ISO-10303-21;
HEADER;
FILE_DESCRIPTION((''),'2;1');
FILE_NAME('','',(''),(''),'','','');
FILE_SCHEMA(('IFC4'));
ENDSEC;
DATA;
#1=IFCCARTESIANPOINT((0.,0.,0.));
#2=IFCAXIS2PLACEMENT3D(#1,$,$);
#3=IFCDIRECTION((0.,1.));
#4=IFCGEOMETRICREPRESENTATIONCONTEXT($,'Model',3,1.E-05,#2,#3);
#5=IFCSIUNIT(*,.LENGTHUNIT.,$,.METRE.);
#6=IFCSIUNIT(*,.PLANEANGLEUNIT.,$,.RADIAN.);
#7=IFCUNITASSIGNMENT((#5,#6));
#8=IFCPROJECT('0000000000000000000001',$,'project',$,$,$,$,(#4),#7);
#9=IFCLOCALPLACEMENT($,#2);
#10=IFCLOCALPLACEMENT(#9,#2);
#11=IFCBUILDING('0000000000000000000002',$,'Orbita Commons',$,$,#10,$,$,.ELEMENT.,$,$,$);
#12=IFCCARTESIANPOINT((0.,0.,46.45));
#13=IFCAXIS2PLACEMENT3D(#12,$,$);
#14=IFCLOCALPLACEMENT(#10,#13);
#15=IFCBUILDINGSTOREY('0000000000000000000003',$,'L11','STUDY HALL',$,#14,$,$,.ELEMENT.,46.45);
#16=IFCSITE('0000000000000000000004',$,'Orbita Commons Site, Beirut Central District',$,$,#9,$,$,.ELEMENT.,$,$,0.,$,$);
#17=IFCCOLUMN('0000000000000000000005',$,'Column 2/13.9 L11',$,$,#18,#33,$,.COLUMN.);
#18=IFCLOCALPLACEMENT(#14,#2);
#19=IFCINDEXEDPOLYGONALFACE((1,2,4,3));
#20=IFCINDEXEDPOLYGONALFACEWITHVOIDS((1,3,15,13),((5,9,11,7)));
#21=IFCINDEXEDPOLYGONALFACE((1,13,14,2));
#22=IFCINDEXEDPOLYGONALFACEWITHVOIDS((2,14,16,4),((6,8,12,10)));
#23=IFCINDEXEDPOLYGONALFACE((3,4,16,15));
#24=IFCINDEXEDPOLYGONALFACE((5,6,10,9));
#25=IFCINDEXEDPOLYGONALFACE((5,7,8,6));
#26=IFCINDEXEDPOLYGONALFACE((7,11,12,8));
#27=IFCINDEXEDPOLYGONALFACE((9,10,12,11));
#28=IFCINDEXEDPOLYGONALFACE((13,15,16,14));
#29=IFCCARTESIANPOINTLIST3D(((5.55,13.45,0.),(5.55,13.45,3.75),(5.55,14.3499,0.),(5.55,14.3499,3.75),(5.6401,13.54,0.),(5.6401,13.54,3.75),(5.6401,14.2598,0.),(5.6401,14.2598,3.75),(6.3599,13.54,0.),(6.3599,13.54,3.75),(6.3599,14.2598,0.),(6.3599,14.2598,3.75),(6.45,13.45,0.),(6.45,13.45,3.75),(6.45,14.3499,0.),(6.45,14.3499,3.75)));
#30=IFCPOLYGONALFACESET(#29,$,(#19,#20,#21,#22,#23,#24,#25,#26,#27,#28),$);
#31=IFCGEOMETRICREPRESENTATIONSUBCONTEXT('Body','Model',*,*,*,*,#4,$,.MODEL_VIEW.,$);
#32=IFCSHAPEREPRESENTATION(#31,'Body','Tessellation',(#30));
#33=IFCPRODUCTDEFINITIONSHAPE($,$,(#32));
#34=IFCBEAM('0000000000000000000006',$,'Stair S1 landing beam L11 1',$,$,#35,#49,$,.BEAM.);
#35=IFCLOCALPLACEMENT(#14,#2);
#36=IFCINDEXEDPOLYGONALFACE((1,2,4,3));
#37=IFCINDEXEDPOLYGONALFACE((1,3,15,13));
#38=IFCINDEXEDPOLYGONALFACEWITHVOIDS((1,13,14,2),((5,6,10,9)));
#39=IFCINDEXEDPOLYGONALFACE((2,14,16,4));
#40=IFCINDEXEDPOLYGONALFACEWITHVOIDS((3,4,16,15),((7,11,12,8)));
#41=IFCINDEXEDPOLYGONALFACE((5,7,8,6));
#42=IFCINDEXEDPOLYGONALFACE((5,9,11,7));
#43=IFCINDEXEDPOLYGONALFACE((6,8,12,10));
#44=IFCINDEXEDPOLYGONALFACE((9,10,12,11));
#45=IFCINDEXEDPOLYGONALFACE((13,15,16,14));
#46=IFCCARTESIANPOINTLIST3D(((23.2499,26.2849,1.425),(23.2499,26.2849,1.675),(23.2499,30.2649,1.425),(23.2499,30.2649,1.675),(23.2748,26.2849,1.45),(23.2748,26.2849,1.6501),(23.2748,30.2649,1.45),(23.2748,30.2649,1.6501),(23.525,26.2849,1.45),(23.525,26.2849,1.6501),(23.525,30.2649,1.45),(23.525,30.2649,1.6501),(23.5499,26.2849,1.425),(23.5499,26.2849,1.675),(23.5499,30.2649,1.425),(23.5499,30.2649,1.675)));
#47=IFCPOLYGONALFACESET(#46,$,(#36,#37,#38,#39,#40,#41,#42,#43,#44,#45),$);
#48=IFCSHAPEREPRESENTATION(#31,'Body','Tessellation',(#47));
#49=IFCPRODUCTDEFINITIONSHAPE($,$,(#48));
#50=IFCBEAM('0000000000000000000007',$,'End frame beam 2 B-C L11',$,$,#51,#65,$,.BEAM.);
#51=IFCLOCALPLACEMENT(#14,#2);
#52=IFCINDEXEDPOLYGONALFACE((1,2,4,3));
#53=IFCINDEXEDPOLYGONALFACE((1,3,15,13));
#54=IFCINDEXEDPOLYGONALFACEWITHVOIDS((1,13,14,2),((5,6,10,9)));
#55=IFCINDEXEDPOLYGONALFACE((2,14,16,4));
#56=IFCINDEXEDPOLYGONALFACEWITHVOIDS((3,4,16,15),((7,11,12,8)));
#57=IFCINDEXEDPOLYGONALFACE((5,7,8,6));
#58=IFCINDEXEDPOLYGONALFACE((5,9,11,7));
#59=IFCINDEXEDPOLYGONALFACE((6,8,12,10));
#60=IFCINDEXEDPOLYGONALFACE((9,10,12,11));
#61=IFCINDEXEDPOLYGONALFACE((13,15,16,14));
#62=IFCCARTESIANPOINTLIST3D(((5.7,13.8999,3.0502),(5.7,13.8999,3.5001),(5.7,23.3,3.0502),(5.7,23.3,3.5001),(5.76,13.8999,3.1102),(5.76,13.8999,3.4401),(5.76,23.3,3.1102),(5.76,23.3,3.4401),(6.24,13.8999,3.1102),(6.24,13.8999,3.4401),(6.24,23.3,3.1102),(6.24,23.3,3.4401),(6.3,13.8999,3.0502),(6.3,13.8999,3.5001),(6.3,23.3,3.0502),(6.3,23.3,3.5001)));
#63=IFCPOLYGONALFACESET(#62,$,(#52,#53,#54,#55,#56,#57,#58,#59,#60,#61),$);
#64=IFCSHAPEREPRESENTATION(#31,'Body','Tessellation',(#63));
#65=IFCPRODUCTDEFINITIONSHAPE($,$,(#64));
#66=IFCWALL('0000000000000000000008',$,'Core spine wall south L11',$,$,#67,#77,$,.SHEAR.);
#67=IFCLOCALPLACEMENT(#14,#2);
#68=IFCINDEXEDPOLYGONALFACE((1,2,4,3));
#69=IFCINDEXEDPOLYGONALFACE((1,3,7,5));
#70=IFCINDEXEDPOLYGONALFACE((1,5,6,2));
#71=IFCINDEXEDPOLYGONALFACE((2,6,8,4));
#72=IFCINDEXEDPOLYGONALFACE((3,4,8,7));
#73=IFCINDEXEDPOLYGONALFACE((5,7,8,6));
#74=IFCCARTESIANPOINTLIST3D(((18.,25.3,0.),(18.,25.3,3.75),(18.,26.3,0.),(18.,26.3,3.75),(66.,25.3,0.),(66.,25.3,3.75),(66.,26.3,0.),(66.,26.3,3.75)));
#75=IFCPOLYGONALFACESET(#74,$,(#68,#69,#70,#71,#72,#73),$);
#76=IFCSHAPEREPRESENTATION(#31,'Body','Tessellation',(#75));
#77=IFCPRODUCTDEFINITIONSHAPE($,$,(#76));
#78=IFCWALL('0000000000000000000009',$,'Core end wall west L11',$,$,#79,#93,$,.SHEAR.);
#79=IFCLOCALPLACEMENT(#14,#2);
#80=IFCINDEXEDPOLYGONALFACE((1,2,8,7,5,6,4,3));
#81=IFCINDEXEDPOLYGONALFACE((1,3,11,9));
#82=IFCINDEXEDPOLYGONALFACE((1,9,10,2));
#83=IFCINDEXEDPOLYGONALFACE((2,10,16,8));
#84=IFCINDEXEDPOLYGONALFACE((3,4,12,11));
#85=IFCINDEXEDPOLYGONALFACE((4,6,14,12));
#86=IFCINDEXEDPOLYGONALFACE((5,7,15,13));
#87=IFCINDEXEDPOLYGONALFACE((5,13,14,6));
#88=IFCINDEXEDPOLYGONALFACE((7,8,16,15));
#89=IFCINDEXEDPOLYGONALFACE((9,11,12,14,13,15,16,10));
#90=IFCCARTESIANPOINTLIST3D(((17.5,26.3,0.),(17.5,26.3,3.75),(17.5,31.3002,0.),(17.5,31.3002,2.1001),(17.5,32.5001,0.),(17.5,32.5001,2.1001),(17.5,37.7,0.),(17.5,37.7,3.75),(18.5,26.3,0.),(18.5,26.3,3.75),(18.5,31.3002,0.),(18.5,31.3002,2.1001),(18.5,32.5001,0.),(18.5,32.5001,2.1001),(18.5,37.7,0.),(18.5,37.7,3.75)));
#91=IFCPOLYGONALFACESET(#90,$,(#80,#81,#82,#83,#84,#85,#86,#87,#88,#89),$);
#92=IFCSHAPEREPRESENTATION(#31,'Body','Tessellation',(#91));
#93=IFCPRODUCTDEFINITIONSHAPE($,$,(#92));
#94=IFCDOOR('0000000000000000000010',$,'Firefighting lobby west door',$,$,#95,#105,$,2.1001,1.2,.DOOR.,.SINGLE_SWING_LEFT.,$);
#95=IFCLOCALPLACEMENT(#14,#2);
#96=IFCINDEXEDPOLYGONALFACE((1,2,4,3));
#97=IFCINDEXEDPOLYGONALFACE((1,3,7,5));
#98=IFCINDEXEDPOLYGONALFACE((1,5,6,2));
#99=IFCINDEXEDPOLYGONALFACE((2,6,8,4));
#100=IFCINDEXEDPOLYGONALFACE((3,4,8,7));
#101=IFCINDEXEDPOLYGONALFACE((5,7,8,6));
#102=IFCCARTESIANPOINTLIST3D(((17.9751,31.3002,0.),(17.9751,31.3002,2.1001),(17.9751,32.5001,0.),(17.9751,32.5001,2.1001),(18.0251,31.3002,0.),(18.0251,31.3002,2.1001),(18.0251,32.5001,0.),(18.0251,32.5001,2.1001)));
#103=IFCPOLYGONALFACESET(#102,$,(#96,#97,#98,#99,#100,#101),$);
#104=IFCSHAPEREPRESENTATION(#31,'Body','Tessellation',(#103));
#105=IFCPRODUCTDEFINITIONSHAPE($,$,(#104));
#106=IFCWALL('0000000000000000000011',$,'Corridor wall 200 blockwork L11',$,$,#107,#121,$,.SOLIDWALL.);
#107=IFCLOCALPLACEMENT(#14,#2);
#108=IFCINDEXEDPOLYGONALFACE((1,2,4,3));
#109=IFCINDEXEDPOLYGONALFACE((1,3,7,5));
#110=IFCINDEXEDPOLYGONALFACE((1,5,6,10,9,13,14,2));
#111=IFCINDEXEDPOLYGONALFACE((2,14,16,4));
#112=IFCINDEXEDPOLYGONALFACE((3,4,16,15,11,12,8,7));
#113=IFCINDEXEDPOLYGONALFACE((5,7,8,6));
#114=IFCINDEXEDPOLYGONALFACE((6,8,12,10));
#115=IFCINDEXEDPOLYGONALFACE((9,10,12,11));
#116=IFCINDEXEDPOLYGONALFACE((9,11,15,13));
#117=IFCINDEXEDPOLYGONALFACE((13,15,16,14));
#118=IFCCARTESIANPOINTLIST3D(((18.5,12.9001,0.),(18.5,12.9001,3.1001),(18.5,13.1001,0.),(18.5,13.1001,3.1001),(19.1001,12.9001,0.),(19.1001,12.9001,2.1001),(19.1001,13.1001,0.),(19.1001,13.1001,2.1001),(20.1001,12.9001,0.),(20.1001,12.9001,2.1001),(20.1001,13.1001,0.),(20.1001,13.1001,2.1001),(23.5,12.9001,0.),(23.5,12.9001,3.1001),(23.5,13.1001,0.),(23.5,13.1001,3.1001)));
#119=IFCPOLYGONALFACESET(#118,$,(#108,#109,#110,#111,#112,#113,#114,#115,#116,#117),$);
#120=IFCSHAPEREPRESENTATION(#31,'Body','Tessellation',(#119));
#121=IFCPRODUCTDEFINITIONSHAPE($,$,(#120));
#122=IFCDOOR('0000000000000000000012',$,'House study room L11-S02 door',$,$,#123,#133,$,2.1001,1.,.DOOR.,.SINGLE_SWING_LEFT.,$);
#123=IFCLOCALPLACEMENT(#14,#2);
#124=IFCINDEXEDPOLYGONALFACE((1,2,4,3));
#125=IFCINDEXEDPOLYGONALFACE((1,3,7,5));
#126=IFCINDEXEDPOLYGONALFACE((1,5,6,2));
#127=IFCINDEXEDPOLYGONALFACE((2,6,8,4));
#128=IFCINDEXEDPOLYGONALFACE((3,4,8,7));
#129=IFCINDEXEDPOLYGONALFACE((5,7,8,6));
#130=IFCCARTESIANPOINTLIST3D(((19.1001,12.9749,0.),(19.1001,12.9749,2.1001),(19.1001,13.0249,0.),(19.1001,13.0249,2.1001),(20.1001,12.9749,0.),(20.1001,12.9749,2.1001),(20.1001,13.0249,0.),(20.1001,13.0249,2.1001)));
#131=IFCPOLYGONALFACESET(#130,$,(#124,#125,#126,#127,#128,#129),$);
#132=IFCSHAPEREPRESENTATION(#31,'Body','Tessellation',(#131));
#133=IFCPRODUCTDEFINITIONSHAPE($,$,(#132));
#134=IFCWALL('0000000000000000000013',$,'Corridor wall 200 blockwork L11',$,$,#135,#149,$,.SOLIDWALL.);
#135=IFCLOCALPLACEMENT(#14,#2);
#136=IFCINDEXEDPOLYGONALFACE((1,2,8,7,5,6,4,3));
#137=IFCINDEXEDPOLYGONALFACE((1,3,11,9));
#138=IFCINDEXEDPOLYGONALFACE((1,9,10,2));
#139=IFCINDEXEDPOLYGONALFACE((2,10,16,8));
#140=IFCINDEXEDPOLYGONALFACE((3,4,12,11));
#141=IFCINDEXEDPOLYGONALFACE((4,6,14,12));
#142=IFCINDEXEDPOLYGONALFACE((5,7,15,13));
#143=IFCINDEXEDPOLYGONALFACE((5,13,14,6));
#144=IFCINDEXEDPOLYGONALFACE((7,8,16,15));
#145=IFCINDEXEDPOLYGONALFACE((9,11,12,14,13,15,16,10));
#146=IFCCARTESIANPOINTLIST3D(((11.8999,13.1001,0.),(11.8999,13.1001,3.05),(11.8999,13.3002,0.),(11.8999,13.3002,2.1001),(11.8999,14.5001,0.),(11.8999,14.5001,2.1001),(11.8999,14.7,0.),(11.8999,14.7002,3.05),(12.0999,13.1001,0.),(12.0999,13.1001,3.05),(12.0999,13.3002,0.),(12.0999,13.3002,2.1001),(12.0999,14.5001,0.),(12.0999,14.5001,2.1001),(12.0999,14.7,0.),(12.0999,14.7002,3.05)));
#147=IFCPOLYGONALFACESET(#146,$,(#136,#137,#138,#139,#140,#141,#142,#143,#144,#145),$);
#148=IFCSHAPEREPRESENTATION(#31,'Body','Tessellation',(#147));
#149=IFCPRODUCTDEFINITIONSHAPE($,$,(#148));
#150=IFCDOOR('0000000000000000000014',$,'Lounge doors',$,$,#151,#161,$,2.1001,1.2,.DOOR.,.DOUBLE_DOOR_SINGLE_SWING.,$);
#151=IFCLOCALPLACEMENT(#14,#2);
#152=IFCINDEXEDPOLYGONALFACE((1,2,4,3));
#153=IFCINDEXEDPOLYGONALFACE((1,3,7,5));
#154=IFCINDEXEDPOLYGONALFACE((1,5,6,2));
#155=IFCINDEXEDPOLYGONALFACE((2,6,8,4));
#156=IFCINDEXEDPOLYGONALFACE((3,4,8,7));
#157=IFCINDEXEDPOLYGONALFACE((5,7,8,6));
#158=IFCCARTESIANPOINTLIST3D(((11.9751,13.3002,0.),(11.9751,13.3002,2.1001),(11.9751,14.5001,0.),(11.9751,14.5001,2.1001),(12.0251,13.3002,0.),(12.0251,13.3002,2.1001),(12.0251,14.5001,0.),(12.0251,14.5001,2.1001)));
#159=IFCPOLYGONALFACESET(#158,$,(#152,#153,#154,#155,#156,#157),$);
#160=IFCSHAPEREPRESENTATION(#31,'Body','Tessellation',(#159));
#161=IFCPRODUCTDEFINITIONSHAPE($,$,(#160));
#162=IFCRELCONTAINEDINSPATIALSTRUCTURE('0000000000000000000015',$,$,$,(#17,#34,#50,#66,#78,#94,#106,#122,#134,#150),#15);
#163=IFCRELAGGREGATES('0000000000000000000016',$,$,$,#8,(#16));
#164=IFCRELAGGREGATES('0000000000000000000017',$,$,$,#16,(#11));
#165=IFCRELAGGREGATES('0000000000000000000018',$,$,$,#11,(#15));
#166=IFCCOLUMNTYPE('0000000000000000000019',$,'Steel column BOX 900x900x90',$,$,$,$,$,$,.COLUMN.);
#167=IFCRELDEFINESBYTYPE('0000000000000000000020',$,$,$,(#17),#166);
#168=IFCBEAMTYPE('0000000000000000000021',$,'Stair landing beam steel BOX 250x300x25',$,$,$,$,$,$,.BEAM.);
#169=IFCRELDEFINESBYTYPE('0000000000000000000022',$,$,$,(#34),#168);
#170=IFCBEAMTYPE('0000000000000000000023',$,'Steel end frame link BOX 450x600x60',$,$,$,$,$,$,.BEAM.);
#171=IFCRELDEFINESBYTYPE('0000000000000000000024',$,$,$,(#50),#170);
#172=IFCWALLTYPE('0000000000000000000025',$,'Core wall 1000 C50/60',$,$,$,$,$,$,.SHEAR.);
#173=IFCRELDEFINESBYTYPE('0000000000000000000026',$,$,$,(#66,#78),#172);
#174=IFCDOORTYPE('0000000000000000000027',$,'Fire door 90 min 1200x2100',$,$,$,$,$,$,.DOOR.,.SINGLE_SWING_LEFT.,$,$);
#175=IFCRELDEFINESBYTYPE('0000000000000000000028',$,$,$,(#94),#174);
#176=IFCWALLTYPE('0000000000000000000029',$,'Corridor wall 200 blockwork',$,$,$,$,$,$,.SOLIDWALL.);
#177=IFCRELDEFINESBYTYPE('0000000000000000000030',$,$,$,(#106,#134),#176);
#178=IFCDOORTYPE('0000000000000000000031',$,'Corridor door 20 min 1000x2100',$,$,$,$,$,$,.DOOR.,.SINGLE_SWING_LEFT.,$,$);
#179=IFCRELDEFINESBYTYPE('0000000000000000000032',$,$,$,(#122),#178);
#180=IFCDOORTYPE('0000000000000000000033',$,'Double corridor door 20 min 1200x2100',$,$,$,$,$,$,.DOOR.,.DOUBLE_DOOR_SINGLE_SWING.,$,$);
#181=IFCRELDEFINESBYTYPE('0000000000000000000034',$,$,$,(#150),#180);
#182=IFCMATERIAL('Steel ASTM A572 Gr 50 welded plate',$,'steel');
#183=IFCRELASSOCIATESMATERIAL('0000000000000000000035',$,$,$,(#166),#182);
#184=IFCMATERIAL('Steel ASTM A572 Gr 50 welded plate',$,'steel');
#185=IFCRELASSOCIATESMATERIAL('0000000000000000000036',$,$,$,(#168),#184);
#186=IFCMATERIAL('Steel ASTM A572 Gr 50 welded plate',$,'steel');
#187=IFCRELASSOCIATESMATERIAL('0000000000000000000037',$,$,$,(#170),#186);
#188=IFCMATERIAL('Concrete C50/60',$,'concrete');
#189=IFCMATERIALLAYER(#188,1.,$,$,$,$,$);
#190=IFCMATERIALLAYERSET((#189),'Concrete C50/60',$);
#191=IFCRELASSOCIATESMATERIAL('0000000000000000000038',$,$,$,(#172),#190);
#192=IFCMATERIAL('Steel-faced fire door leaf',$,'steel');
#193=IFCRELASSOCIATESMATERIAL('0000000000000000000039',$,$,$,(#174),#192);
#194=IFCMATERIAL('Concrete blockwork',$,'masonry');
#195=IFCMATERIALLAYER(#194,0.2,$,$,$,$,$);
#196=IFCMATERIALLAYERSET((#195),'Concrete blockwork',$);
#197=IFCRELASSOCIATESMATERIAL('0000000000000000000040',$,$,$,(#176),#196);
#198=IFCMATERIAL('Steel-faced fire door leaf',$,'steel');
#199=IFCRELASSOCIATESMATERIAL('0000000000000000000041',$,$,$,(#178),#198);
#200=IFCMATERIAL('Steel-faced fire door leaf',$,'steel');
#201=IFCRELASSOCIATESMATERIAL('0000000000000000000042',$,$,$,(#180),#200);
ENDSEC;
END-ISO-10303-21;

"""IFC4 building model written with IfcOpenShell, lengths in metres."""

from ifc_helpers import new_model, si_unit, direction, frame, frame_2d, origin, origin_2d, place, context, subcontext, project, spatial, polyline, rectangle, hollow_rectangle, outline, extrude, material, layer, layer_set, material_profile, profile_set, type_object, element, fill, save


model = new_model("IFC4")

# Units and contexts
model_context = context("Model", 3, precision=1e-05, world=origin(), true_north=direction((0.0, 1.0)))
body_context = subcontext(model_context, "Body", "Model", "MODEL_VIEW")
ifc_project = project(units=[si_unit("LENGTHUNIT", "METRE"), si_unit("PLANEANGLEUNIT", "RADIAN")], contexts=[model_context])

# Site, building, storey
site_placement = place(None, origin())
site = spatial("IfcSite", under=ifc_project, at=site_placement, Name="Orbita Commons Site, Beirut Central District", CompositionType="ELEMENT", RefElevation=0.0)
building_placement = place(site_placement, origin())
building = spatial("IfcBuilding", under=site, at=building_placement, Name="Orbita Commons", CompositionType="ELEMENT")
storey_placement = place(building_placement, frame((0.0, 0.0, 46.45)))
storey = spatial("IfcBuildingStorey", under=building, at=storey_placement, Name="L11", Description="STUDY HALL", CompositionType="ELEMENT", Elevation=46.45)

# Column
ifc_material_1 = material(Name="Steel ASTM A572 Gr 50 welded plate", Category="steel")
ifc_material_profile_1 = material_profile(ifc_material_1, hollow_rectangle(XDim=0.8999, YDim=0.8999, WallThickness=0.0901, at=origin_2d()), Name="BOX 900x900x90")
ifc_profile_set_1 = profile_set([ifc_material_profile_1], Name="Steel ASTM A572 Gr 50 welded plate")
column_type = type_object("IfcColumnType", Name="Steel column BOX 900x900x90", PredefinedType="COLUMN", material=ifc_profile_set_1)
column_placement = place(storey_placement, frame((6.0, 13.8999, 0.0), z_axis=(0.0, 0.0, 1.0), x_axis=(1.0, 0.0, 0.0)))
element("IfcColumn", 1, at=column_placement, inside=storey, type_object=column_type, Name="Column 2/13.9 L11", PredefinedType="COLUMN", context=body_context, shape_type="SweptSolid", body=[
    extrude(hollow_rectangle(XDim=0.8999, YDim=0.8999, WallThickness=0.0901, at=origin_2d()), origin(), (0.0, 0.0, 1.0), 3.75),
])

# Beams
ifc_material_2 = material(Name="Steel ASTM A572 Gr 50 welded plate", Category="steel")
ifc_material_profile_2 = material_profile(ifc_material_2, hollow_rectangle(XDim=0.3, YDim=0.25, WallThickness=0.0249, at=origin_2d()), Name="BOX 250x300x25")
ifc_profile_set_2 = profile_set([ifc_material_profile_2], Name="Steel ASTM A572 Gr 50 welded plate")
beam_type_1 = type_object("IfcBeamType", Name="Stair landing beam steel BOX 250x300x25", PredefinedType="BEAM", material=ifc_profile_set_2)
beam_1_placement = place(storey_placement, frame((23.3999, 26.2849, 1.55), z_axis=(0.0, 1.0, 0.0), x_axis=(-1.0, 0.0, 0.0)))
element("IfcBeam", 2, at=beam_1_placement, inside=storey, type_object=beam_type_1, Name="Stair S1 landing beam L11 1", PredefinedType="BEAM", context=body_context, shape_type="SweptSolid", body=[
    extrude(hollow_rectangle(XDim=0.3, YDim=0.25, WallThickness=0.0249, at=origin_2d()), origin(), (0.0, 0.0, 1.0), 3.98),
])
ifc_material_3 = material(Name="Steel ASTM A572 Gr 50 welded plate", Category="steel")
ifc_material_profile_3 = material_profile(ifc_material_3, hollow_rectangle(XDim=0.6001, YDim=0.45, WallThickness=0.0601, at=origin_2d()), Name="BOX 450x600x60")
ifc_profile_set_3 = profile_set([ifc_material_profile_3], Name="Steel ASTM A572 Gr 50 welded plate")
beam_type_2 = type_object("IfcBeamType", Name="Steel end frame link BOX 450x600x60", PredefinedType="BEAM", material=ifc_profile_set_3)
beam_2_placement = place(storey_placement, frame((6.0, 13.8999, 3.2751), z_axis=(0.0, 1.0, 0.0), x_axis=(-1.0, 0.0, 0.0)))
element("IfcBeam", 3, at=beam_2_placement, inside=storey, type_object=beam_type_2, Name="End frame beam 2 B-C L11", PredefinedType="BEAM", context=body_context, shape_type="SweptSolid", body=[
    extrude(hollow_rectangle(XDim=0.6001, YDim=0.45, WallThickness=0.0601, at=origin_2d()), origin(), (0.0, 0.0, 1.0), 9.4001),
])

# Wall
ifc_material_4 = material(Name="Concrete C50/60", Category="concrete")
ifc_layer_1 = layer(ifc_material_4, 1.0)
ifc_layer_set_1 = layer_set([ifc_layer_1], Name="Concrete C50/60")
wall_type_1 = type_object("IfcWallType", Name="Core wall 1000 C50/60", PredefinedType="SHEAR", material=ifc_layer_set_1)
wall_1_placement = place(storey_placement, frame((18.0, 25.8, 0.0), z_axis=(0.0, 0.0, 1.0), x_axis=(1.0, 0.0, 0.0)))
element("IfcWall", 4, at=wall_1_placement, inside=storey, type_object=wall_type_1, Name="Core spine wall south L11", PredefinedType="SHEAR", context=body_context, shape_type="SweptSolid", body=[
    extrude(rectangle(XDim=48.0, YDim=1.0, at=frame_2d((24.0, 0.0))), origin(), (0.0, 0.0, 1.0), 3.75),
])

# Walls, openings, doors
wall_2_placement = place(storey_placement, frame((18.0, 26.3, 0.0), z_axis=(0.0, 0.0, 1.0), x_axis=(0.0, 1.0, 0.0)))
wall_2 = element("IfcWall", 5, at=wall_2_placement, inside=storey, type_object=wall_type_1, Name="Core end wall west L11", PredefinedType="SHEAR", context=body_context, shape_type="SweptSolid", body=[
    extrude(rectangle(XDim=11.3999, YDim=1.0, at=frame_2d((5.7, 0.0))), origin(), (0.0, 0.0, 1.0), 3.75),
])
opening_1_placement = place(wall_2_placement, frame((5.0, 0.0, 0.0)))
opening_1 = element("IfcOpeningElement", 6, at=opening_1_placement, cuts=wall_2, PredefinedType="OPENING", context=body_context, shape_type="SweptSolid", body=[
    extrude(rectangle(XDim=1.2, YDim=2.1001, at=frame_2d((0.6001, 1.05))), frame((0.0, 0.51, 0.0), z_axis=(0.0, -1.0, 0.0), x_axis=(1.0, 0.0, 0.0)), (0.0, 0.0, 1.0), 1.02),
])
ifc_material_5 = material(Name="Steel-faced fire door leaf", Category="steel")
door_type_1 = type_object("IfcDoorType", Name="Fire door 90 min 1200x2100", OperationType="SINGLE_SWING_LEFT", PredefinedType="DOOR", material=ifc_material_5)
door_1_placement = place(opening_1_placement, origin())
door_1 = element("IfcDoor", 7, at=door_1_placement, inside=storey, type_object=door_type_1, Name="Firefighting lobby west door", OperationType="SINGLE_SWING_LEFT", OverallHeight=2.1001, OverallWidth=1.2, PredefinedType="DOOR", context=body_context, shape_type="SweptSolid", body=[
    extrude(rectangle(XDim=1.2, YDim=2.1001, at=frame_2d((0.6001, 1.05))), frame((0.0, 0.0249, 0.0), z_axis=(0.0, -1.0, 0.0), x_axis=(1.0, 0.0, 0.0)), (0.0, 0.0, 1.0), 0.05),
])
fill(opening_1, door_1)
ifc_material_6 = material(Name="Concrete blockwork", Category="masonry")
ifc_layer_2 = layer(ifc_material_6, 0.2)
ifc_layer_set_2 = layer_set([ifc_layer_2], Name="Concrete blockwork")
wall_type_2 = type_object("IfcWallType", Name="Corridor wall 200 blockwork", PredefinedType="SOLIDWALL", material=ifc_layer_set_2)
wall_3_placement = place(storey_placement, frame((18.5, 13.0, 0.0), z_axis=(0.0, 0.0, 1.0), x_axis=(1.0, 0.0, 0.0)))
wall_3 = element("IfcWall", 8, at=wall_3_placement, inside=storey, type_object=wall_type_2, Name="Corridor wall 200 blockwork L11", PredefinedType="SOLIDWALL", context=body_context, shape_type="SweptSolid", body=[
    extrude(outline(polyline([(0.0, 0.0), (5.0, 0.0), (5.0, 3.1001), (0.0, 3.1001), (0.0, 0.0)])), frame((0.0, 0.1001, 0.0), z_axis=(0.0, -1.0, 0.0), x_axis=(1.0, 0.0, 0.0)), (0.0, 0.0, 1.0), 0.2),
])
opening_2_placement = place(wall_3_placement, frame((0.6001, 0.0, 0.0)))
opening_2 = element("IfcOpeningElement", 9, at=opening_2_placement, cuts=wall_3, PredefinedType="OPENING", context=body_context, shape_type="SweptSolid", body=[
    extrude(rectangle(XDim=1.0, YDim=2.1001, at=frame_2d((0.5, 1.05))), frame((0.0, 0.1099, 0.0), z_axis=(0.0, -1.0, 0.0), x_axis=(1.0, 0.0, 0.0)), (0.0, 0.0, 1.0), 0.22),
])
ifc_material_7 = material(Name="Steel-faced fire door leaf", Category="steel")
door_type_2 = type_object("IfcDoorType", Name="Corridor door 20 min 1000x2100", OperationType="SINGLE_SWING_LEFT", PredefinedType="DOOR", material=ifc_material_7)
door_2_placement = place(opening_2_placement, origin())
door_2 = element("IfcDoor", 10, at=door_2_placement, inside=storey, type_object=door_type_2, Name="House study room L11-S02 door", OperationType="SINGLE_SWING_LEFT", OverallHeight=2.1001, OverallWidth=1.0, PredefinedType="DOOR", context=body_context, shape_type="SweptSolid", body=[
    extrude(rectangle(XDim=1.0, YDim=2.1001, at=frame_2d((0.5, 1.05))), frame((0.0, 0.0249, 0.0), z_axis=(0.0, -1.0, 0.0), x_axis=(1.0, 0.0, 0.0)), (0.0, 0.0, 1.0), 0.05),
])
fill(opening_2, door_2)
wall_4_placement = place(storey_placement, frame((12.0, 13.1001, 0.0), z_axis=(0.0, 0.0, 1.0), x_axis=(0.0, 1.0, 0.0)))
wall_4 = element("IfcWall", 11, at=wall_4_placement, inside=storey, type_object=wall_type_2, Name="Corridor wall 200 blockwork L11", PredefinedType="SOLIDWALL", context=body_context, shape_type="SweptSolid", body=[
    extrude(outline(polyline([(0.0, 0.0), (1.5999, 0.0), (1.6001, 3.05), (0.0, 3.05), (0.0, 0.0)])), frame((0.0, 0.1001, 0.0), z_axis=(0.0, -1.0, 0.0), x_axis=(1.0, 0.0, 0.0)), (0.0, 0.0, 1.0), 0.2),
])
opening_3_placement = place(wall_4_placement, frame((0.2, 0.0, 0.0)))
opening_3 = element("IfcOpeningElement", 12, at=opening_3_placement, cuts=wall_4, PredefinedType="OPENING", context=body_context, shape_type="SweptSolid", body=[
    extrude(rectangle(XDim=1.2, YDim=2.1001, at=frame_2d((0.6001, 1.05))), frame((0.0, 0.1099, 0.0), z_axis=(0.0, -1.0, 0.0), x_axis=(1.0, 0.0, 0.0)), (0.0, 0.0, 1.0), 0.22),
])
ifc_material_8 = material(Name="Steel-faced fire door leaf", Category="steel")
door_type_3 = type_object("IfcDoorType", Name="Double corridor door 20 min 1200x2100", OperationType="DOUBLE_DOOR_SINGLE_SWING", PredefinedType="DOOR", material=ifc_material_8)
door_3_placement = place(opening_3_placement, origin())
door_3 = element("IfcDoor", 13, at=door_3_placement, inside=storey, type_object=door_type_3, Name="Lounge doors", OperationType="DOUBLE_DOOR_SINGLE_SWING", OverallHeight=2.1001, OverallWidth=1.2, PredefinedType="DOOR", context=body_context, shape_type="SweptSolid", body=[
    extrude(rectangle(XDim=1.2, YDim=2.1001, at=frame_2d((0.6001, 1.05))), frame((0.0, 0.0249, 0.0), z_axis=(0.0, -1.0, 0.0), x_axis=(1.0, 0.0, 0.0)), (0.0, 0.0, 1.0), 0.05),
])
fill(opening_3, door_3)

save(model, "model.ifc")
